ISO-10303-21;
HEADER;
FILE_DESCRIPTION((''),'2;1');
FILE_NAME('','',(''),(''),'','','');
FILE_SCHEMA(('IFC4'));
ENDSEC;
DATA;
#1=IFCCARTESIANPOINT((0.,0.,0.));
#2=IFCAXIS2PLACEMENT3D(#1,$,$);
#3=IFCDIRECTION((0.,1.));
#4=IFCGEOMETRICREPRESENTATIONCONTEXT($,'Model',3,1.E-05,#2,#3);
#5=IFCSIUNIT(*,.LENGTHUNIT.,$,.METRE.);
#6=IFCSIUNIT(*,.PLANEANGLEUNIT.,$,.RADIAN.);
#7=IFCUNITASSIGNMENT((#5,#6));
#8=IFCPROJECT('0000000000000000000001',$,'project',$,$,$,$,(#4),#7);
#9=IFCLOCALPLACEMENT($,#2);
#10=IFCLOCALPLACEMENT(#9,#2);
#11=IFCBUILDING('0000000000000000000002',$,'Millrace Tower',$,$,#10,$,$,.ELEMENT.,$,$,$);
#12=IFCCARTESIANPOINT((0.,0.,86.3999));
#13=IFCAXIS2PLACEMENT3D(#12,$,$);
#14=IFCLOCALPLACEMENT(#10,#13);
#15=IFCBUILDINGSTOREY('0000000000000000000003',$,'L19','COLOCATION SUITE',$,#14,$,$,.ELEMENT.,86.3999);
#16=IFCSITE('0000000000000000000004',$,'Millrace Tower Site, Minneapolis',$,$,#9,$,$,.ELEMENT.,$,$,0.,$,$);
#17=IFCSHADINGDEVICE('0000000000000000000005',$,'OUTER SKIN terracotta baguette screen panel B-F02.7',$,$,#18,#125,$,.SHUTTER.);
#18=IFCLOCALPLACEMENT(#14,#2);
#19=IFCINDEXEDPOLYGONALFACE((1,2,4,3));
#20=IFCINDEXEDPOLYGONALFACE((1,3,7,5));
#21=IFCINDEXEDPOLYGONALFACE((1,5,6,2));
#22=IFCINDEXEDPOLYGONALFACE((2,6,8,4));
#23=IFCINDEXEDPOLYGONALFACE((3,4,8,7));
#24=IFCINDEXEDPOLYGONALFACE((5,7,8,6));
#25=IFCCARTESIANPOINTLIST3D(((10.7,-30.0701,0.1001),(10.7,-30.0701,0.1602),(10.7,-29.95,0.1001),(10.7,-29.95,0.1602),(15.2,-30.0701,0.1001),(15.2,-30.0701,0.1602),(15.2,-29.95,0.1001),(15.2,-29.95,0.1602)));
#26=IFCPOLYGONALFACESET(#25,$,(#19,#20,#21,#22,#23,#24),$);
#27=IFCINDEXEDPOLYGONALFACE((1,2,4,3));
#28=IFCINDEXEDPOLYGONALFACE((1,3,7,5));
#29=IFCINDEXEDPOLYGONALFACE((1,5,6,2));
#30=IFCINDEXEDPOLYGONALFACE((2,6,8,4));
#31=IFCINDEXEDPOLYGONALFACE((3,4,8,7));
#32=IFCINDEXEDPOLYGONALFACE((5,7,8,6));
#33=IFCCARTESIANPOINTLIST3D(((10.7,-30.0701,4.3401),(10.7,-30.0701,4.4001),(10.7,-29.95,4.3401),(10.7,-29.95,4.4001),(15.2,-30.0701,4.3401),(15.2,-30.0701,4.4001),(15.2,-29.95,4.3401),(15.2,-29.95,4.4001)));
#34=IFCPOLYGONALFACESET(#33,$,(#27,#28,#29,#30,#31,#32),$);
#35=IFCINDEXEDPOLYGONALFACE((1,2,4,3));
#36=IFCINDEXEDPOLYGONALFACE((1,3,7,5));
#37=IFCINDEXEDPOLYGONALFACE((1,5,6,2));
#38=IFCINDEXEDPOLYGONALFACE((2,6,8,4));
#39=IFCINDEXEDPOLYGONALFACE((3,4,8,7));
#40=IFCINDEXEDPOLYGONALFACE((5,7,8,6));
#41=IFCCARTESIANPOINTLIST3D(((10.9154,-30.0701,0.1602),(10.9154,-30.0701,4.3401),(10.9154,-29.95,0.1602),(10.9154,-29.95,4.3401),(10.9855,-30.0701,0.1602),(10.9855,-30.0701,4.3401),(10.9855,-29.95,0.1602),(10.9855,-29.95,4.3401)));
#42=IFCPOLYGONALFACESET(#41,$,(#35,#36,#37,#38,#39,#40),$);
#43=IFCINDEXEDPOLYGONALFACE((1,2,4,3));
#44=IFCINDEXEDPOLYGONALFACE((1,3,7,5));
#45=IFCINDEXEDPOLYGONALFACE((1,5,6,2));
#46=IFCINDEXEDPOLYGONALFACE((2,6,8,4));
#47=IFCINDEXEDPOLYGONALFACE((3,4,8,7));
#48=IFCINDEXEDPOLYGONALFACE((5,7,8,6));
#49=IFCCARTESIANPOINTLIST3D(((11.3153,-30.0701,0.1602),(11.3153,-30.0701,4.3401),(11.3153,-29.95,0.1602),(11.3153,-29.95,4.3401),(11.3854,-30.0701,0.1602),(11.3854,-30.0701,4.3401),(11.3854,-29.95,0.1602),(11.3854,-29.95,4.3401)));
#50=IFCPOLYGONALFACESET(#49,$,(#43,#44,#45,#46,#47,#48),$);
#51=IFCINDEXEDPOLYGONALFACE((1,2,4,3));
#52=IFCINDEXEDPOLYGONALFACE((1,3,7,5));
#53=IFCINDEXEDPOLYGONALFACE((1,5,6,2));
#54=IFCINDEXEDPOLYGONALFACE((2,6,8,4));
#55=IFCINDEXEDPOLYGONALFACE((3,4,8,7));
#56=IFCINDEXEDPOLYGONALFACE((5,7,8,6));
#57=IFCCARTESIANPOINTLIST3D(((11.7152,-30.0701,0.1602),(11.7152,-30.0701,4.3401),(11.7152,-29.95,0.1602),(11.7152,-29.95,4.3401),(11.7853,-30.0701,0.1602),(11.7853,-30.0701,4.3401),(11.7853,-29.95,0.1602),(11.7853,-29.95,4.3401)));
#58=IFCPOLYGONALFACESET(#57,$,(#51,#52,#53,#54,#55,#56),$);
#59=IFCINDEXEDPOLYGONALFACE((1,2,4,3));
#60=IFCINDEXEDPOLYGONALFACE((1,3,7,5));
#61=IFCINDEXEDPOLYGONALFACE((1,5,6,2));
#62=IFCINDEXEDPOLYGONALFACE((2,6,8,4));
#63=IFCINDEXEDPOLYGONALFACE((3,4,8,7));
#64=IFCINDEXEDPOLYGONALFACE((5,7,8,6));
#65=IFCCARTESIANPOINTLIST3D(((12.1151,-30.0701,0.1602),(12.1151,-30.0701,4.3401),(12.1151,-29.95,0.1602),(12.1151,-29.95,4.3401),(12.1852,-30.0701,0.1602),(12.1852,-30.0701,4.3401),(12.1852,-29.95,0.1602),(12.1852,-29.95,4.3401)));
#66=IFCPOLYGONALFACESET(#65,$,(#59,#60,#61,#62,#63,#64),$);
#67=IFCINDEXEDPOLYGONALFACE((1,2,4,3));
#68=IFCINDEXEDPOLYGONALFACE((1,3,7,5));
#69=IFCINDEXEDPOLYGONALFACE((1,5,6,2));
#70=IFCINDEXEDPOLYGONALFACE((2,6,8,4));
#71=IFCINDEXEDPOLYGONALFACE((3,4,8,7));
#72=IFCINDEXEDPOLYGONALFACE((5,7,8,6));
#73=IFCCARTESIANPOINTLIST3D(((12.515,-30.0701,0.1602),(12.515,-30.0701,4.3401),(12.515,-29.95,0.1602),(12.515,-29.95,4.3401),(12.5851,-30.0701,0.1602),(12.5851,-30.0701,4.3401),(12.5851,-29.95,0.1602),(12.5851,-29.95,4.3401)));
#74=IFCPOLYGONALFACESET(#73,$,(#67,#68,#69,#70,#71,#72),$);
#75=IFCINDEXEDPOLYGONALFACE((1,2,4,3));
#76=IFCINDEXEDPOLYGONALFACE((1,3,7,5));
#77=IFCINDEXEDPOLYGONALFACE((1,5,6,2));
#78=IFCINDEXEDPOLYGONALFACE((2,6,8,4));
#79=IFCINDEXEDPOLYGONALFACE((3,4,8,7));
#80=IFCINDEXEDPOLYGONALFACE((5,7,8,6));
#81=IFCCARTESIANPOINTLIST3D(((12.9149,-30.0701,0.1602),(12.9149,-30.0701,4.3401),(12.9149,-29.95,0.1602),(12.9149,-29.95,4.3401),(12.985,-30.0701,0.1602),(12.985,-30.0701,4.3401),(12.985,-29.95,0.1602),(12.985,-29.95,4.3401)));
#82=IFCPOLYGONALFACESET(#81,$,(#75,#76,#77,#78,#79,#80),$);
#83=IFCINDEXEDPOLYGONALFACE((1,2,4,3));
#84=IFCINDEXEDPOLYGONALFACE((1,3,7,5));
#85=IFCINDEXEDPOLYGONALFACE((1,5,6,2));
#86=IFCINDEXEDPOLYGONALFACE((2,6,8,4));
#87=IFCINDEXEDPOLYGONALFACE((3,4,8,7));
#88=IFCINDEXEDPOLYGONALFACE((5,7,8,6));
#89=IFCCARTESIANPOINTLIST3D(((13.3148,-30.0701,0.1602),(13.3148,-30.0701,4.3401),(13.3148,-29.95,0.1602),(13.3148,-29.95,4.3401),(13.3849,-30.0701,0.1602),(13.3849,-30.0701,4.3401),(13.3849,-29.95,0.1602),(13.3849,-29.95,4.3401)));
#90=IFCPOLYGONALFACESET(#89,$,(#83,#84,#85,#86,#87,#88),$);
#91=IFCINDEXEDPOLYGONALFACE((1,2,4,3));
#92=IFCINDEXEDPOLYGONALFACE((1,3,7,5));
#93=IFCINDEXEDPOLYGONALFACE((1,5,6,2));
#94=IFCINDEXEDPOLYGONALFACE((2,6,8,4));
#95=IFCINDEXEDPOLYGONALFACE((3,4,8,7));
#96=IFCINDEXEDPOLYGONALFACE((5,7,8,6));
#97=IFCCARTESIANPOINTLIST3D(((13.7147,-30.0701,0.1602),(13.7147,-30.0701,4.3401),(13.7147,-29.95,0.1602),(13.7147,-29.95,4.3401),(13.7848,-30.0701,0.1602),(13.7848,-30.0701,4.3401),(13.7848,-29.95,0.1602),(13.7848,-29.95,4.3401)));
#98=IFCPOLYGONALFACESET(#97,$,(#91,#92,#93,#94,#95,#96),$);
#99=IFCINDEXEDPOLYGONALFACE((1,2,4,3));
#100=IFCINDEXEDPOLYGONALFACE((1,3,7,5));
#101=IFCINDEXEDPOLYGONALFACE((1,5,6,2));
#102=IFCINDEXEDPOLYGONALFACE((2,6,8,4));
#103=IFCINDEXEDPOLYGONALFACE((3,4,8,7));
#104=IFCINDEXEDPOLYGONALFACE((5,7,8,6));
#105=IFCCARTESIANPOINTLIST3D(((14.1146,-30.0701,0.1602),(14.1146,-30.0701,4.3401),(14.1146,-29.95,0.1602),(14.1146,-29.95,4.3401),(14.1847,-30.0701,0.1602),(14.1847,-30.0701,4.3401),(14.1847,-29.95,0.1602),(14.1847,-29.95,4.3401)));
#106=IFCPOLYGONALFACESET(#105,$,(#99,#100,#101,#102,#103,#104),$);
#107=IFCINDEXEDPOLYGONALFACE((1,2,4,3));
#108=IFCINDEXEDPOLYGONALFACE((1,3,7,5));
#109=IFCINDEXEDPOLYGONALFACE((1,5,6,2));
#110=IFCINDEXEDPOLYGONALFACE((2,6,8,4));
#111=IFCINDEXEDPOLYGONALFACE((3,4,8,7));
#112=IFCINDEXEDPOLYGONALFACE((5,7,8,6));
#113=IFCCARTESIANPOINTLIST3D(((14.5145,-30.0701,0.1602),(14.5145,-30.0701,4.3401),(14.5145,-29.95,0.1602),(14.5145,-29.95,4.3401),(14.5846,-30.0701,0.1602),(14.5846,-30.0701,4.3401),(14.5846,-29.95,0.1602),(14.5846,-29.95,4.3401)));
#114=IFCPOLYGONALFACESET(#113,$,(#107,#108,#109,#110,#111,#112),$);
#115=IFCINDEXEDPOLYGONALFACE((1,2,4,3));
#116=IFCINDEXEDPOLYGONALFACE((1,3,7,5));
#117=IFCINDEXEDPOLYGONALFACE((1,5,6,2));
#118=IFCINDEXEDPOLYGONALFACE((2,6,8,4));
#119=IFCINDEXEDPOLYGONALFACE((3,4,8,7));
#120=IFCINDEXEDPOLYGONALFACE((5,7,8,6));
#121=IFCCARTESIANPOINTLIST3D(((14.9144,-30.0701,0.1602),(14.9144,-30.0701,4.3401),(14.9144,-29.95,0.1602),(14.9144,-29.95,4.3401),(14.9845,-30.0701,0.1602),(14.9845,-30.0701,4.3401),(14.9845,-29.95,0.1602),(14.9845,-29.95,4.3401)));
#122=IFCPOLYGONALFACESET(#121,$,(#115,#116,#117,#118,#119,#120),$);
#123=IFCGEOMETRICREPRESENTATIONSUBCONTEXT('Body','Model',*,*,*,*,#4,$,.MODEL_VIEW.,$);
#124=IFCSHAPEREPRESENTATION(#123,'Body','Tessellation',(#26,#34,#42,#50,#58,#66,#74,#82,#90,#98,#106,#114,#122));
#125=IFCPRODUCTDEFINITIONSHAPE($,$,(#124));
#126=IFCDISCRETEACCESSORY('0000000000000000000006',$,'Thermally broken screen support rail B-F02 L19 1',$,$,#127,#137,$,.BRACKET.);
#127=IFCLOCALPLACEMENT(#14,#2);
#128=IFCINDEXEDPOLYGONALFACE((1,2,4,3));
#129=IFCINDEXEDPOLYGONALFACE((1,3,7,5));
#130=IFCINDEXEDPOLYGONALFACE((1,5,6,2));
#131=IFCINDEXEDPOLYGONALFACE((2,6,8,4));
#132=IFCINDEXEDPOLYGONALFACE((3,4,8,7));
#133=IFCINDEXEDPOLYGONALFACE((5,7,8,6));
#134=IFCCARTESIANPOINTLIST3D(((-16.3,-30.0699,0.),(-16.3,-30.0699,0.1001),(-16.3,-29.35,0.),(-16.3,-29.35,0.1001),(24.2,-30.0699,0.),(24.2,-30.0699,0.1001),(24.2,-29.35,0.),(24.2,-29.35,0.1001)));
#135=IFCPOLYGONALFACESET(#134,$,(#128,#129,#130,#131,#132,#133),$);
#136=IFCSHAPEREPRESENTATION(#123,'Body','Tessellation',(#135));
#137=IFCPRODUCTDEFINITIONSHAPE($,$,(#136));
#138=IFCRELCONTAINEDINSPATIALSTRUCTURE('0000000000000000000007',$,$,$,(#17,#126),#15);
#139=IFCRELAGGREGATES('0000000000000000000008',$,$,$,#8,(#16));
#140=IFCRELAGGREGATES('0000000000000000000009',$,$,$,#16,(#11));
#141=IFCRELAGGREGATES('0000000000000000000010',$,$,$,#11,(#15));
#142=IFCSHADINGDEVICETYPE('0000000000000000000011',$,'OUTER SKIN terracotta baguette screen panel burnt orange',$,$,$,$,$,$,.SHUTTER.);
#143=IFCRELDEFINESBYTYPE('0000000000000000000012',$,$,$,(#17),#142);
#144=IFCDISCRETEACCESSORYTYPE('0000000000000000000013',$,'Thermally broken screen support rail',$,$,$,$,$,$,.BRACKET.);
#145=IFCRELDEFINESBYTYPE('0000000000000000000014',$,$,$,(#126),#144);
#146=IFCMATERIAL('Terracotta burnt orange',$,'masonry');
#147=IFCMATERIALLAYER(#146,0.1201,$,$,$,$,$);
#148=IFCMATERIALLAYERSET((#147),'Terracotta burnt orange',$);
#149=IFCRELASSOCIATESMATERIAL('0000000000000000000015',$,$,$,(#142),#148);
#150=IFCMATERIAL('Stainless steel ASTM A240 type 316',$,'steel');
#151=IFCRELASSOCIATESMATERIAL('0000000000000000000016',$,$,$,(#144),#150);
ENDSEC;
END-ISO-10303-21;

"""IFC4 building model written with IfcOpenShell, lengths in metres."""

from ifc_helpers import new_model, entity, si_unit, direction, frame, frame_2d, origin, origin_2d, place, context, subcontext, project, spatial, rectangle, extrude, source, transform, mapped, material, layer, layer_set, type_object, element, save


model = new_model("IFC4")

# Units and contexts
model_context = context("Model", 3, precision=1e-05, world=origin(), true_north=direction((0.0, 1.0)))
body_context = subcontext(model_context, "Body", "Model", "MODEL_VIEW")
ifc_project = project(units=[si_unit("LENGTHUNIT", "METRE"), si_unit("PLANEANGLEUNIT", "RADIAN")], contexts=[model_context])

# Site, building, storey
site_placement = place(None, origin())
site = spatial("IfcSite", under=ifc_project, at=site_placement, Name="Millrace Tower Site, Minneapolis", CompositionType="ELEMENT", RefElevation=0.0)
building_placement = place(site_placement, origin())
building = spatial("IfcBuilding", under=site, at=building_placement, Name="Millrace Tower", CompositionType="ELEMENT")
storey_placement = place(building_placement, frame((0.0, 0.0, 86.3999)))
storey = spatial("IfcBuildingStorey", under=building, at=storey_placement, Name="L19", Description="COLOCATION SUITE", CompositionType="ELEMENT", Elevation=86.3999)

# Shading device
ifc_material_1 = material(Name="Terracotta burnt orange", Category="masonry")
ifc_layer_1 = layer(ifc_material_1, 0.1201)
ifc_layer_set_1 = layer_set([ifc_layer_1], Name="Terracotta burnt orange")
shading_device_type = type_object("IfcShadingDeviceType", Name="OUTER SKIN terracotta baguette screen panel burnt orange", PredefinedType="SHUTTER", material=ifc_layer_set_1)
cartesian_point = entity("IfcCartesianPoint", [-2.25, 0.0601])
shared_polyline = entity("IfcPolyline", [cartesian_point, entity("IfcCartesianPoint", [2.25, 0.0601]), entity("IfcCartesianPoint", [2.25, -0.0601]), entity("IfcCartesianPoint", [-2.25, -0.0601]), cartesian_point])
shared_shape = source(origin(), body_context, "Body", "SweptSolid", [
    entity("IfcExtrudedAreaSolid", entity("IfcArbitraryClosedProfileDef", "AREA", None, shared_polyline), entity("IfcAxis2Placement3D", entity("IfcCartesianPoint", [0.0, 0.0, 0.0])), entity("IfcDirection", [0.0, 0.0, 1.0]), 0.0601),
    entity("IfcExtrudedAreaSolid", entity("IfcArbitraryClosedProfileDef", "AREA", None, shared_polyline), entity("IfcAxis2Placement3D", entity("IfcCartesianPoint", [0.0, 0.0, 4.24])), entity("IfcDirection", [0.0, 0.0, 1.0]), 0.0601),
    extrude(rectangle(XDim=0.0701, YDim=0.1201, at=frame_2d((-1.9995, 0.0))), frame((0.0, 0.0, 0.0601)), (0.0, 0.0, 1.0), 4.1799),
    extrude(rectangle(XDim=0.0701, YDim=0.1201, at=frame_2d((-1.5996, 0.0))), frame((0.0, 0.0, 0.0601)), (0.0, 0.0, 1.0), 4.1799),
    extrude(rectangle(XDim=0.0701, YDim=0.1201, at=frame_2d((-1.1997, 0.0))), frame((0.0, 0.0, 0.0601)), (0.0, 0.0, 1.0), 4.1799),
    extrude(rectangle(XDim=0.0701, YDim=0.1201, at=frame_2d((-0.7998, 0.0))), frame((0.0, 0.0, 0.0601)), (0.0, 0.0, 1.0), 4.1799),
    extrude(rectangle(XDim=0.0701, YDim=0.1201, at=frame_2d((-0.3999, 0.0))), frame((0.0, 0.0, 0.0601)), (0.0, 0.0, 1.0), 4.1799),
    extrude(rectangle(XDim=0.0701, YDim=0.1201, at=origin_2d()), frame((0.0, 0.0, 0.0601)), (0.0, 0.0, 1.0), 4.1799),
    extrude(rectangle(XDim=0.0701, YDim=0.1201, at=frame_2d((0.3999, 0.0))), frame((0.0, 0.0, 0.0601)), (0.0, 0.0, 1.0), 4.1799),
    extrude(rectangle(XDim=0.0701, YDim=0.1201, at=frame_2d((0.7998, 0.0))), frame((0.0, 0.0, 0.0601)), (0.0, 0.0, 1.0), 4.1799),
    extrude(rectangle(XDim=0.0701, YDim=0.1201, at=frame_2d((1.1997, 0.0))), frame((0.0, 0.0, 0.0601)), (0.0, 0.0, 1.0), 4.1799),
    extrude(rectangle(XDim=0.0701, YDim=0.1201, at=frame_2d((1.5996, 0.0))), frame((0.0, 0.0, 0.0601)), (0.0, 0.0, 1.0), 4.1799),
    extrude(rectangle(XDim=0.0701, YDim=0.1201, at=frame_2d((1.9995, 0.0))), frame((0.0, 0.0, 0.0601)), (0.0, 0.0, 1.0), 4.1799),
])
for number, where, z_axis, x_axis, name in (
    (1, (12.95, -30.01, 0.1001), (0.0, 0.0, 1.0), (1.0, 0.0, 0.0), "OUTER SKIN terracotta baguette screen panel B-F02.7"),
):
    element("IfcShadingDevice", number, at=place(storey_placement, frame(where, z_axis=z_axis, x_axis=x_axis)), inside=storey, type_object=shading_device_type, Name=name, PredefinedType="SHUTTER", context=body_context, shape_type="MappedRepresentation", body=[
        mapped(shared_shape, transform((0.0, 0.0, 0.0), scale=1.0)),
    ])

# Discrete accessory
ifc_material_2 = material(Name="Stainless steel ASTM A240 type 316", Category="steel")
discrete_accessory_type = type_object("IfcDiscreteAccessoryType", Name="Thermally broken screen support rail", PredefinedType="BRACKET", material=ifc_material_2)
discrete_accessory_placement = place(storey_placement, frame((3.95, -29.71, 0.0), z_axis=(0.0, 0.0, 1.0), x_axis=(1.0, 0.0, 0.0)))
element("IfcDiscreteAccessory", 2, at=discrete_accessory_placement, inside=storey, type_object=discrete_accessory_type, Name="Thermally broken screen support rail B-F02 L19 1", PredefinedType="BRACKET", context=body_context, shape_type="SweptSolid", body=[
    extrude(rectangle(XDim=40.5, YDim=0.72, at=origin_2d()), origin(), (0.0, 0.0, 1.0), 0.1001),
])

save(model, "model.ifc")
